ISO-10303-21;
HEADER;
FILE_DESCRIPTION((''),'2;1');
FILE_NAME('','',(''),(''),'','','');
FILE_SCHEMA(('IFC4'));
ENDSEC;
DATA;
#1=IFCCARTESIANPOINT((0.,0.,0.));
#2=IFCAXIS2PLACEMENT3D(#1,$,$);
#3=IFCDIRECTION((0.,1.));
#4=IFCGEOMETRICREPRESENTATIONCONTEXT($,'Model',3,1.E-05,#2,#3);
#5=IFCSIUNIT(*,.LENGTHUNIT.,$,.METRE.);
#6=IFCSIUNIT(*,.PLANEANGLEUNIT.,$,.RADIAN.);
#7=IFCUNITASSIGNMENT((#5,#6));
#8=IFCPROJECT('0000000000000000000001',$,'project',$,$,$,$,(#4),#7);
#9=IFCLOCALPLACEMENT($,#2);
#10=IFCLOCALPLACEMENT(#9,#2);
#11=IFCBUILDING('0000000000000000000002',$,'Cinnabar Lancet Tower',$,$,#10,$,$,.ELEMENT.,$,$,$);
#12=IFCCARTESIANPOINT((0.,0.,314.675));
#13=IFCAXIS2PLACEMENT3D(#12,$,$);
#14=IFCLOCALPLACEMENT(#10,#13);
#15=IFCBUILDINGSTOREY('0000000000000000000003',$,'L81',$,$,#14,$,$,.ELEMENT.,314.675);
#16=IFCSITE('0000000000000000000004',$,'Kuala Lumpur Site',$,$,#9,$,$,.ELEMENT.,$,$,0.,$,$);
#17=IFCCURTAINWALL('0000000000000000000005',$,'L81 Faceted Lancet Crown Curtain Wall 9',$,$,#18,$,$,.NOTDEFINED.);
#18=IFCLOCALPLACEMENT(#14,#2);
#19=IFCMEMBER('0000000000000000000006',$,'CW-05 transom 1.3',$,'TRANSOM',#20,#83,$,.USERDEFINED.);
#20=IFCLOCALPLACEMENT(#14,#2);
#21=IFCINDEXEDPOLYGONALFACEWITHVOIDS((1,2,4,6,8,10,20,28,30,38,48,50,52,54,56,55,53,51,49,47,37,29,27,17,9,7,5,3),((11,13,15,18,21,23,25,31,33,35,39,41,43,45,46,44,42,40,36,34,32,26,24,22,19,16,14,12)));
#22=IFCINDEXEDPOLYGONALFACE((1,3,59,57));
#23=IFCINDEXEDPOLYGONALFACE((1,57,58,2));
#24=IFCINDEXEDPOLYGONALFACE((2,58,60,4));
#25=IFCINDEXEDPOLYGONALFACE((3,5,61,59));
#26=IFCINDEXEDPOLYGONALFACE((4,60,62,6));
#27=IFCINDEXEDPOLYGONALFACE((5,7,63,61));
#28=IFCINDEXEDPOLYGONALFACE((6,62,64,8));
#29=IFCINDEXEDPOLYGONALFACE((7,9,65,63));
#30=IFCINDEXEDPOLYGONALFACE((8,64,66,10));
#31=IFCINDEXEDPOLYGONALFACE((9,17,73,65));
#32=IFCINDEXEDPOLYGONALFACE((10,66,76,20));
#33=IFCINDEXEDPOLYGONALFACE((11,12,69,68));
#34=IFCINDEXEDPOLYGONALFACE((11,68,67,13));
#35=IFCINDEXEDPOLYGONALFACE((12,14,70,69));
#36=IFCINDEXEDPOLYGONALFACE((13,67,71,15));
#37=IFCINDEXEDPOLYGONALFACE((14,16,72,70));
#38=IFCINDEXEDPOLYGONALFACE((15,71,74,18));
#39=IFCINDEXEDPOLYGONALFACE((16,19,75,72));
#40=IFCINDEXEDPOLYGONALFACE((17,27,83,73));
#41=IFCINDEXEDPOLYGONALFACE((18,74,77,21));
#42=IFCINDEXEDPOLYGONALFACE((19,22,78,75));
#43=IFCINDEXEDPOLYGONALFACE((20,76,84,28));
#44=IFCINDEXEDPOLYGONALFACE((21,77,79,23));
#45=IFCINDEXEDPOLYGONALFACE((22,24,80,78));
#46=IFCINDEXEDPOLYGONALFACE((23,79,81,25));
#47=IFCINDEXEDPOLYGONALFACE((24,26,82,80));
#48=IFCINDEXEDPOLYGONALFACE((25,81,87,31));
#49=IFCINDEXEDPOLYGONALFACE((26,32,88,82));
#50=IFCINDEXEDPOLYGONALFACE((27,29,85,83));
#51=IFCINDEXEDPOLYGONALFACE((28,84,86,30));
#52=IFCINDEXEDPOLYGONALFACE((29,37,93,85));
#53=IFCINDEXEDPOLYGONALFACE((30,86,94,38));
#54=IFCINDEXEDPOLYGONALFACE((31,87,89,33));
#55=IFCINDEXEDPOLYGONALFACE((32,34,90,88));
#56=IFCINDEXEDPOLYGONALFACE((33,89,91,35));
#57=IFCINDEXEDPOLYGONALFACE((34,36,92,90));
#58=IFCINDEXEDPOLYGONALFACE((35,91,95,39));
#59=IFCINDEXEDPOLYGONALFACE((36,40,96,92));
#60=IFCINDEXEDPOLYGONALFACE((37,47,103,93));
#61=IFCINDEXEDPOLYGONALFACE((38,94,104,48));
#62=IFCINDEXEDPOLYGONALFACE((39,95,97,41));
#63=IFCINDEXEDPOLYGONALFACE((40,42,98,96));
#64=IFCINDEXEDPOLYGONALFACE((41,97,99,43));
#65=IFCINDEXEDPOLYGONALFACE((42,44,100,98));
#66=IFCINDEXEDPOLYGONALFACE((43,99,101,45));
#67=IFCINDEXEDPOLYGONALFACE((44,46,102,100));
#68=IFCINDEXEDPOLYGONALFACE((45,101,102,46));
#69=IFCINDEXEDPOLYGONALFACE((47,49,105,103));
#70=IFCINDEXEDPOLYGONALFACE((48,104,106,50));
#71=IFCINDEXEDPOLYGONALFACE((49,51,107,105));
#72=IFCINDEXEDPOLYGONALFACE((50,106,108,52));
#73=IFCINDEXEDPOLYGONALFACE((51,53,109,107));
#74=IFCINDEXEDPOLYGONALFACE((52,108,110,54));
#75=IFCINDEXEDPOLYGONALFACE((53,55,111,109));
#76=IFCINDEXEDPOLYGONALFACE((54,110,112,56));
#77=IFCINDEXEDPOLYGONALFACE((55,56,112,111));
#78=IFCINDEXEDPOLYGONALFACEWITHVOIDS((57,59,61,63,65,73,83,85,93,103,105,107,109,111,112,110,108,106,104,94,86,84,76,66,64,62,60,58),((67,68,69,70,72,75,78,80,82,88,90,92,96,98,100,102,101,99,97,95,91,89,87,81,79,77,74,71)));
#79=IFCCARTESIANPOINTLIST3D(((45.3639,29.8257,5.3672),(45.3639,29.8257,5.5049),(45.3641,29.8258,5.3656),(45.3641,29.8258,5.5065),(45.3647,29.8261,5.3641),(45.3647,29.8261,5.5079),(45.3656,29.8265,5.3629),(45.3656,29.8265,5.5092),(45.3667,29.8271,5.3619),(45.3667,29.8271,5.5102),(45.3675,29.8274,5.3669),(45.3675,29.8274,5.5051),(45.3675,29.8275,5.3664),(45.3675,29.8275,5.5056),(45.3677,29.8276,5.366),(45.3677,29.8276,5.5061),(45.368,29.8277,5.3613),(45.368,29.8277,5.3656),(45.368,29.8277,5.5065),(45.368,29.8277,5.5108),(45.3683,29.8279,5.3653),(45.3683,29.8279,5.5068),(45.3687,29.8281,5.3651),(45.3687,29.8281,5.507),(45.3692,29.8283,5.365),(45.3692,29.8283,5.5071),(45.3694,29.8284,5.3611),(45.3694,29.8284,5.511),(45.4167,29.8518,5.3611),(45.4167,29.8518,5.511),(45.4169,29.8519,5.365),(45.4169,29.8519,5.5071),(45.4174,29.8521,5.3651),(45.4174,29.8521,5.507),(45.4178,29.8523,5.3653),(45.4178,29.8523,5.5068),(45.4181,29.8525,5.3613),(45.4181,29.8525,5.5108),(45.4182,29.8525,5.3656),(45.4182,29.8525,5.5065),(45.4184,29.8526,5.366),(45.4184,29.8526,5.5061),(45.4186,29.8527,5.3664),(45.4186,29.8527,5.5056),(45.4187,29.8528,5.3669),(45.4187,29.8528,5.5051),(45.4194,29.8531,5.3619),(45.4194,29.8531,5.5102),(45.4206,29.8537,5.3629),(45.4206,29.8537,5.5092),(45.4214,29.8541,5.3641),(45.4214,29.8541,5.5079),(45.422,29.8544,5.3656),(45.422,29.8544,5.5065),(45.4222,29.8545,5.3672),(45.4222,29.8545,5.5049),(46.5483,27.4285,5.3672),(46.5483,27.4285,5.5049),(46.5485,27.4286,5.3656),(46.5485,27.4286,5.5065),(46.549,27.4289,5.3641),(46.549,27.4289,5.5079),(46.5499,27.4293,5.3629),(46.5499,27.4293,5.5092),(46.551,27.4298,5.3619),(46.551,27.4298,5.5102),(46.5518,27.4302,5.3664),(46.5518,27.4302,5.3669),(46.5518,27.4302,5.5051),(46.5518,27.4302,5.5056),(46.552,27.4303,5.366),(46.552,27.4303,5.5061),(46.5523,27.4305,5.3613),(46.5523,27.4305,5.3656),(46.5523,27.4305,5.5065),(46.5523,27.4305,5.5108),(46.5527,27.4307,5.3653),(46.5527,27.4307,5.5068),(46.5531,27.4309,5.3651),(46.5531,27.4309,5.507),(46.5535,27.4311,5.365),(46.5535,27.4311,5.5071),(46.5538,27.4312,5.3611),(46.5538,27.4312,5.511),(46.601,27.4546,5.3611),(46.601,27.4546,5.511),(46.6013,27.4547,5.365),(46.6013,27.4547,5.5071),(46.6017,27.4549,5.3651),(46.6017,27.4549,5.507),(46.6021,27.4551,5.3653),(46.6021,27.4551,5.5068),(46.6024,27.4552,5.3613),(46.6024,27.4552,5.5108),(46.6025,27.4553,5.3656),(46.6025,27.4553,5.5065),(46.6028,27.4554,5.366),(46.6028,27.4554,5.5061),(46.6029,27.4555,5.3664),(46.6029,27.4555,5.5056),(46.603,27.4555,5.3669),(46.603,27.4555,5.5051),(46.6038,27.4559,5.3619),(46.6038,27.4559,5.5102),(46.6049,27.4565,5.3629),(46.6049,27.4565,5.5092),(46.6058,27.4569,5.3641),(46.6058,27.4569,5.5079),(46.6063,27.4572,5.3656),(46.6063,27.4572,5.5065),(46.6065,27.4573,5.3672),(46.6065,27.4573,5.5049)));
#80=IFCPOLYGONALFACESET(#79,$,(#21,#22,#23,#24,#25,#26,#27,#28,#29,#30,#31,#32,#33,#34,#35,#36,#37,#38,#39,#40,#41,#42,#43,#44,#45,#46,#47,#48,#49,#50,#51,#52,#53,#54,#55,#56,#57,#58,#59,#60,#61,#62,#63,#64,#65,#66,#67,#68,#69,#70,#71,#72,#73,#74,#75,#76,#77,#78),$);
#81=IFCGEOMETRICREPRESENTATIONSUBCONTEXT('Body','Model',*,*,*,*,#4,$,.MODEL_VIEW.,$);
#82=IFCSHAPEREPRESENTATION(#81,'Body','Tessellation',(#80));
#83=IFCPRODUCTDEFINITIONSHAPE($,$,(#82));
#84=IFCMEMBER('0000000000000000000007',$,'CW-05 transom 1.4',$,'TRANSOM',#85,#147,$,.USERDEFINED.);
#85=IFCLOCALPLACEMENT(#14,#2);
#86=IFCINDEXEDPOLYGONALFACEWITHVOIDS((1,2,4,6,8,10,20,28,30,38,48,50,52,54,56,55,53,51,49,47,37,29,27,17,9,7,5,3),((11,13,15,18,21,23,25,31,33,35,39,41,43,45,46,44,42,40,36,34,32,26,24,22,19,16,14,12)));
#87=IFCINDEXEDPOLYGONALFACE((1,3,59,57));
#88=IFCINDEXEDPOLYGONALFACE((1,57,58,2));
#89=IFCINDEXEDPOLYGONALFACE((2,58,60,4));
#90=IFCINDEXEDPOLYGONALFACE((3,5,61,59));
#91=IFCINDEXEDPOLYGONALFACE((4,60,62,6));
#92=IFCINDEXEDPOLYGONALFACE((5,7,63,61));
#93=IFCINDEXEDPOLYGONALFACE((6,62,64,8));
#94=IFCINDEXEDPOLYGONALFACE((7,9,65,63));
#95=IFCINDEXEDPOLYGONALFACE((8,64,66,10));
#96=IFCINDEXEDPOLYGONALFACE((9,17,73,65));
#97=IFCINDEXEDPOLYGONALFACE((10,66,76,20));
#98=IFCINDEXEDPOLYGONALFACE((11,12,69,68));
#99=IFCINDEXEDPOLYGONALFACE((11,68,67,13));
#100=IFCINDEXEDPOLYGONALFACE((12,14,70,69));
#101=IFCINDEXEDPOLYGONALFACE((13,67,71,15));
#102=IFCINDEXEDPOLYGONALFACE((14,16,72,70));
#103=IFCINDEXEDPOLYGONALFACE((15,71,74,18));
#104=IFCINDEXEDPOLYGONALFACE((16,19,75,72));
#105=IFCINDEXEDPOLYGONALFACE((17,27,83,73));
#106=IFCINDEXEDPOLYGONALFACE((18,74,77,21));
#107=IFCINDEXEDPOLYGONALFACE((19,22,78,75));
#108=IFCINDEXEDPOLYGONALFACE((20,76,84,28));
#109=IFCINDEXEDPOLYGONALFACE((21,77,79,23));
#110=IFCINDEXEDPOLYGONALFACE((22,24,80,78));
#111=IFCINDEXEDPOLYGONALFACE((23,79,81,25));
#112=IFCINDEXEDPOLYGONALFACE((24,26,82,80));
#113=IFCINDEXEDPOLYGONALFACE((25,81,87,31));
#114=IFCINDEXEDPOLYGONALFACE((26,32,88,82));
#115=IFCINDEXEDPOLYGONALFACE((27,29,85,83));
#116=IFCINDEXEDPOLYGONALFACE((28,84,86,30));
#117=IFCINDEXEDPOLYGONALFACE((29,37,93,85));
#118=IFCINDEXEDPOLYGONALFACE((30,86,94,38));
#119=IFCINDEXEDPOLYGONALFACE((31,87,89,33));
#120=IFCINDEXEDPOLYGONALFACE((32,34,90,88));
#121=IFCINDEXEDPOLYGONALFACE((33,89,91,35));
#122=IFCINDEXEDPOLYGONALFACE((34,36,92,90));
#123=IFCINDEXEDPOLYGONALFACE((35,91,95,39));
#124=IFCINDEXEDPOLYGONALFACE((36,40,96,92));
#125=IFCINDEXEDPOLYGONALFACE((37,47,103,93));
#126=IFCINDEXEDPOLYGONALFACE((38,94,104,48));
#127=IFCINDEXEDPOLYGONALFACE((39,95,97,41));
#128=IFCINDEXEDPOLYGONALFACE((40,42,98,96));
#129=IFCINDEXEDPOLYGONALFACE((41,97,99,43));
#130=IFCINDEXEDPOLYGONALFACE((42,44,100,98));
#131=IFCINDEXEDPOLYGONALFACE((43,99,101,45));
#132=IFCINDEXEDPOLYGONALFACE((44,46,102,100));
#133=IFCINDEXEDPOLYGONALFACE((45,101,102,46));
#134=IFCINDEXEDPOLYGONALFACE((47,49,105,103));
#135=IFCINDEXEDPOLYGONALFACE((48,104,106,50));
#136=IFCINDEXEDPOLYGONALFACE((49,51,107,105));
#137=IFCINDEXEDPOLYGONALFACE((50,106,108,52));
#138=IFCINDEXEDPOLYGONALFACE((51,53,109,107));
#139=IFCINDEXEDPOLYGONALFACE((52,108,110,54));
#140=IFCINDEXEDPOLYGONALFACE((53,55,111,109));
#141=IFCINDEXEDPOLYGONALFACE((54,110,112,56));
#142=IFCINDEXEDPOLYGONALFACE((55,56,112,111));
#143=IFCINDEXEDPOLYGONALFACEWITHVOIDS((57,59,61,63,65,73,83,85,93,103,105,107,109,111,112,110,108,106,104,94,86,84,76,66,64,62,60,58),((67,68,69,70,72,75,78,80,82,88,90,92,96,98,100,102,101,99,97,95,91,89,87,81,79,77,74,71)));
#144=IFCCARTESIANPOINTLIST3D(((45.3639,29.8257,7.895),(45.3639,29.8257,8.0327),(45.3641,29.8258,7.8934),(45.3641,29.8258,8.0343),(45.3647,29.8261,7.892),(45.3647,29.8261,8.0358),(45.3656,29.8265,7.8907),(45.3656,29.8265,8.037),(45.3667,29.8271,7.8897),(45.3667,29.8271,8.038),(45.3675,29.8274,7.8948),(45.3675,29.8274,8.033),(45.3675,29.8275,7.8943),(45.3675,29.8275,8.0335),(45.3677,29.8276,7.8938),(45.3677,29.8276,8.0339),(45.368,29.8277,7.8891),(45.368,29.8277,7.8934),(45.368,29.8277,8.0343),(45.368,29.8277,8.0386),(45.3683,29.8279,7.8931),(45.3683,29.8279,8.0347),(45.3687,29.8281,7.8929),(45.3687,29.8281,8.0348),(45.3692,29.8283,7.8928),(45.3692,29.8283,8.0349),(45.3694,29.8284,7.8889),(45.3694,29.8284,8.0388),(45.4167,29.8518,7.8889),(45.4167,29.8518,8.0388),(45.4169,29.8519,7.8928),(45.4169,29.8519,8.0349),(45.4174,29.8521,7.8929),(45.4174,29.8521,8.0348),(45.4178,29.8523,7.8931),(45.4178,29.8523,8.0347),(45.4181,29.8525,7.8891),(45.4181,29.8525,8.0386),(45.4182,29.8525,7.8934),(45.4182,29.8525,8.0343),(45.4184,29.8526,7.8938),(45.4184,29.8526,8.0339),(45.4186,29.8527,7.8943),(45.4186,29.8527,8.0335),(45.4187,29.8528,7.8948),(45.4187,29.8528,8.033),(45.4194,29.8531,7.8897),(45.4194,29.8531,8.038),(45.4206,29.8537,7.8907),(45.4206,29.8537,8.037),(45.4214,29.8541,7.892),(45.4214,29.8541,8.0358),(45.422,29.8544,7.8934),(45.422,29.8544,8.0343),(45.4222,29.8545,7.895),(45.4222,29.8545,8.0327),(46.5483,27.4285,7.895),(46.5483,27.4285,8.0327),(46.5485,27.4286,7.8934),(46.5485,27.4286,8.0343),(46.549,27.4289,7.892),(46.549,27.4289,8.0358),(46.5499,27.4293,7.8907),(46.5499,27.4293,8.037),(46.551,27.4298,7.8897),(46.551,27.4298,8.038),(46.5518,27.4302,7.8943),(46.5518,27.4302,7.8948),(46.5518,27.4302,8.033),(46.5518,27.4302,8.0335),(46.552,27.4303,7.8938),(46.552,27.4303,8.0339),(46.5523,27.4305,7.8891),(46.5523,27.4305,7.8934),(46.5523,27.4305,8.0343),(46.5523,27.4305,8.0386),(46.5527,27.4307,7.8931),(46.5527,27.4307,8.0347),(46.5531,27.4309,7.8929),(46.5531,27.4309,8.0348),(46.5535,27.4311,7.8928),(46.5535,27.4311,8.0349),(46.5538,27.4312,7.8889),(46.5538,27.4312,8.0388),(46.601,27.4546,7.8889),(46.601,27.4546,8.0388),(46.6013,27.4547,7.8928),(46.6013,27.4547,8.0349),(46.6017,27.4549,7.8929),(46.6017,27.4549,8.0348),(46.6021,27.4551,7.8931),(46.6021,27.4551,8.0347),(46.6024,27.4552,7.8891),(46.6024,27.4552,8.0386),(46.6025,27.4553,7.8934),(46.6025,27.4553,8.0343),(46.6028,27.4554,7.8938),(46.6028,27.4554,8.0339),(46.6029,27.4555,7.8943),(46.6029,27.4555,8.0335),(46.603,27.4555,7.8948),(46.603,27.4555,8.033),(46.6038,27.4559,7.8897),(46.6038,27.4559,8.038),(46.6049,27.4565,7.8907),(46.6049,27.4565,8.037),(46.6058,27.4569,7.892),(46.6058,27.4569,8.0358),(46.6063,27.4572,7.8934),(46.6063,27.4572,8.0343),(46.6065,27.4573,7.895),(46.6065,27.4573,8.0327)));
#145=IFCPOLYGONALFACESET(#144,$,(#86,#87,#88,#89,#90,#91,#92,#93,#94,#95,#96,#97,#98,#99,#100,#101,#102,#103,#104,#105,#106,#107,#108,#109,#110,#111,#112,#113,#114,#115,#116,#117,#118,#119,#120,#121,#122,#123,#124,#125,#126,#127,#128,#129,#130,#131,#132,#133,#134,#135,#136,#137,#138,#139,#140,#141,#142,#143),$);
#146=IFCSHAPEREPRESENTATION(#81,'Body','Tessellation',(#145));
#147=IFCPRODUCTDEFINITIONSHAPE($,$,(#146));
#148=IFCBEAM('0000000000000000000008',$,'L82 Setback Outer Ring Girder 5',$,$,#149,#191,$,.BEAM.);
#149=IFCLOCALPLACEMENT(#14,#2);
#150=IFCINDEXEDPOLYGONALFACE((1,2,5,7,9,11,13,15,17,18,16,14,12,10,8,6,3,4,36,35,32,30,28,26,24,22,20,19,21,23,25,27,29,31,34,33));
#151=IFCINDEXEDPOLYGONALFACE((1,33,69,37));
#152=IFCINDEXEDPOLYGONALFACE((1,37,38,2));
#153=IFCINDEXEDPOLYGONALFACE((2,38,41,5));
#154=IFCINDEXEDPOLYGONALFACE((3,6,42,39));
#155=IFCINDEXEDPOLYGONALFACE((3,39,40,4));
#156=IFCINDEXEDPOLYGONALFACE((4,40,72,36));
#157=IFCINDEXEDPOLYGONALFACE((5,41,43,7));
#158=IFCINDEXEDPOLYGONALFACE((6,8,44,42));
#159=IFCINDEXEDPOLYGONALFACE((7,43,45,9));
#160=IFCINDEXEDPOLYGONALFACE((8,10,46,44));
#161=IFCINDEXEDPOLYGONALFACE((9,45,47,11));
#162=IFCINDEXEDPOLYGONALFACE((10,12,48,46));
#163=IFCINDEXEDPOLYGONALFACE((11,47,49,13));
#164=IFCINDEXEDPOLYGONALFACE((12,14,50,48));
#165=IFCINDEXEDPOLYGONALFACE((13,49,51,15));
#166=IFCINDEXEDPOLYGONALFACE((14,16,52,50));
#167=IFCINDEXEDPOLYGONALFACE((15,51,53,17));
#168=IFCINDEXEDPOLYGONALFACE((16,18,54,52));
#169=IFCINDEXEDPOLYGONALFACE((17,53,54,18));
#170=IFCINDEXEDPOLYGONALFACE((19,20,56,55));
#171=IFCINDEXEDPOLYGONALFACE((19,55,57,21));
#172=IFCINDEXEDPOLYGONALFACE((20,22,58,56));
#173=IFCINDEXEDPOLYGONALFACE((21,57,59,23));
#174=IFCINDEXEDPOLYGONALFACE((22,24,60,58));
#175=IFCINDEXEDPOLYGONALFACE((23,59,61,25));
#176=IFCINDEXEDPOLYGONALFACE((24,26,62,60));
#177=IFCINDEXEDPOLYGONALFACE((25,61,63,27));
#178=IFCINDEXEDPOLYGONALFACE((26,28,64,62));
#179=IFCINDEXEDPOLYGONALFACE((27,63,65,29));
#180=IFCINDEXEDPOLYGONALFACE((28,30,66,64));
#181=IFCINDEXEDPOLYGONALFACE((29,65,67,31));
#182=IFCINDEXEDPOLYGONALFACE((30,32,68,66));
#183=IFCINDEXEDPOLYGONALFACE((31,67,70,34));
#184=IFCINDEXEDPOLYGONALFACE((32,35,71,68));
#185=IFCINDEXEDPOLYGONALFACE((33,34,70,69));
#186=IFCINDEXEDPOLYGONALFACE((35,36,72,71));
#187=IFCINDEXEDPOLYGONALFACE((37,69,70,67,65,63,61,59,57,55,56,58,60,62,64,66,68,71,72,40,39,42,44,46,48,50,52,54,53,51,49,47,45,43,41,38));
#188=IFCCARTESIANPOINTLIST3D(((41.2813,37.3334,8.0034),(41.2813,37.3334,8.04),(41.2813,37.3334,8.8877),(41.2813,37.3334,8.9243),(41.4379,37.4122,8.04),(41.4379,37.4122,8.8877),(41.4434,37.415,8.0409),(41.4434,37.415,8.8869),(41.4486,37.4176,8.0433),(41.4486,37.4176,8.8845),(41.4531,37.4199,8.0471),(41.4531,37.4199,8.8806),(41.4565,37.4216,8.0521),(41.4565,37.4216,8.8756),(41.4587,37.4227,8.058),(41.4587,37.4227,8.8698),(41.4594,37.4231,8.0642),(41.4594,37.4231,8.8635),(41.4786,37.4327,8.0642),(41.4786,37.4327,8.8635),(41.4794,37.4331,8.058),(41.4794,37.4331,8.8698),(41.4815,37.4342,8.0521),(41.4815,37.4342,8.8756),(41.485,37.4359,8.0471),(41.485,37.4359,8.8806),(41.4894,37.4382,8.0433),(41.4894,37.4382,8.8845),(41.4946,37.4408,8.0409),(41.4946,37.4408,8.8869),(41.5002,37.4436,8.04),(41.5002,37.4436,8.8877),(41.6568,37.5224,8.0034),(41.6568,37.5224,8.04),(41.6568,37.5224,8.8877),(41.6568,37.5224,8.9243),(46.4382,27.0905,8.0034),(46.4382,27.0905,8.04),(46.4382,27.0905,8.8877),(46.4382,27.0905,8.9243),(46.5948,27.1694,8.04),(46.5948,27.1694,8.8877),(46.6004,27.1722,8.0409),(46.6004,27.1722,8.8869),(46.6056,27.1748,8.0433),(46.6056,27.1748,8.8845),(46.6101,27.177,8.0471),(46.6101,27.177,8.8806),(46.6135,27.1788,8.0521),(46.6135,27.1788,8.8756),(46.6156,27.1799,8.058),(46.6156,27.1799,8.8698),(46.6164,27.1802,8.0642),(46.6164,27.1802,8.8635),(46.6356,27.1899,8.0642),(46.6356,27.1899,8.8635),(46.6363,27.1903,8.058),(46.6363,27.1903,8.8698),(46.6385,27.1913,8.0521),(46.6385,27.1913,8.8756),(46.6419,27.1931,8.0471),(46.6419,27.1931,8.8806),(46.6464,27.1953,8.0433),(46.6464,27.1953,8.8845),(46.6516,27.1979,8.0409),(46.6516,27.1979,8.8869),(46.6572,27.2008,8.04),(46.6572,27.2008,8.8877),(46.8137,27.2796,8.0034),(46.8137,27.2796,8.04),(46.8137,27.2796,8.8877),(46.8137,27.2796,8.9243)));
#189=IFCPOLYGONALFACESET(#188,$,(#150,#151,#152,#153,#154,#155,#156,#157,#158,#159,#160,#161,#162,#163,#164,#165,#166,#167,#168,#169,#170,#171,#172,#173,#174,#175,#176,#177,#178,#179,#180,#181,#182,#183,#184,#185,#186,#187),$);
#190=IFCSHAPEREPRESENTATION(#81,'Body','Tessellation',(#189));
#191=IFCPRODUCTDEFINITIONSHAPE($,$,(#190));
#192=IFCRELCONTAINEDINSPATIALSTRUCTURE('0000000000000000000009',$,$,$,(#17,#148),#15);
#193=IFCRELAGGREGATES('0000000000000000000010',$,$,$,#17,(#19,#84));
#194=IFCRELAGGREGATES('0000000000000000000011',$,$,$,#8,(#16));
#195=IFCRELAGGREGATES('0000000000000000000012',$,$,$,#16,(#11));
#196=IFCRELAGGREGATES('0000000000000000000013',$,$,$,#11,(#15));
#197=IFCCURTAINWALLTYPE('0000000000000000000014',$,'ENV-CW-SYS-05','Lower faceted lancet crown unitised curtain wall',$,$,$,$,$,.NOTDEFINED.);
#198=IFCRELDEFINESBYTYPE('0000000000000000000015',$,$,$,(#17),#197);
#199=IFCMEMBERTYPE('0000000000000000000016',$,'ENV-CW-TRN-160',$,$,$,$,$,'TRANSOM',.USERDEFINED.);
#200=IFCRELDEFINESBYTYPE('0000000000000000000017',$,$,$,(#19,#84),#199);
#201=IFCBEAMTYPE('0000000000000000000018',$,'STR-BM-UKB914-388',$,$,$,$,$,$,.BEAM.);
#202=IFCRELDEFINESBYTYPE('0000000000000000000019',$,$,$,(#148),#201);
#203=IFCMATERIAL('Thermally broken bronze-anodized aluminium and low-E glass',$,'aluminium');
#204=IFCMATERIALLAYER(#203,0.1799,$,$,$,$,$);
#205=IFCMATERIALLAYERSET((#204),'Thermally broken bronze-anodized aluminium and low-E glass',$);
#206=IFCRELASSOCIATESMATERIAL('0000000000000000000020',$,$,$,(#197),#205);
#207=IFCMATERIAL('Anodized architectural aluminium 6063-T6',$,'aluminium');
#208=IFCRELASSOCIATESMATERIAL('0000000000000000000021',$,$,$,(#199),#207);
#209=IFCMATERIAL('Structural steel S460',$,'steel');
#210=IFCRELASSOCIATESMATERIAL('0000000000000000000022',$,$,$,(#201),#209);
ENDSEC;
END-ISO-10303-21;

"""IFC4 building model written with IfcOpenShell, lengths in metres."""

from ifc_helpers import new_model, si_unit, direction, frame, origin, origin_2d, place, context, subcontext, project, spatial, hollow_rectangle, i_section, extrude, material, layer, layer_set, material_profile, profile_set, type_object, element, aggregate, save


model = new_model("IFC4")

# Units and contexts
model_context = context("Model", 3, precision=1e-05, world=origin(), true_north=direction((0.0, 1.0)))
body_context = subcontext(model_context, "Body", "Model", "MODEL_VIEW")
ifc_project = project(units=[si_unit("LENGTHUNIT", "METRE"), si_unit("PLANEANGLEUNIT", "RADIAN")], contexts=[model_context])

# Site, building, storey
site_placement = place(None, origin())
site = spatial("IfcSite", under=ifc_project, at=site_placement, Name="Kuala Lumpur Site", CompositionType="ELEMENT", RefElevation=0.0)
building_placement = place(site_placement, origin())
building = spatial("IfcBuilding", under=site, at=building_placement, Name="Cinnabar Lancet Tower", CompositionType="ELEMENT")
storey_placement = place(building_placement, frame((0.0, 0.0, 314.675)))
storey = spatial("IfcBuildingStorey", under=building, at=storey_placement, Name="L81", CompositionType="ELEMENT", Elevation=314.675)

# Shared definitions
ifc_material_1 = material(Name="Thermally broken bronze-anodized aluminium and low-E glass", Category="aluminium")
ifc_layer_1 = layer(ifc_material_1, 0.1799)
ifc_layer_set_1 = layer_set([ifc_layer_1], Name="Thermally broken bronze-anodized aluminium and low-E glass")
curtain_wall_type = type_object("IfcCurtainWallType", Name="ENV-CW-SYS-05", Description="Lower faceted lancet crown unitised curtain wall", PredefinedType="NOTDEFINED", material=ifc_layer_set_1)

# Curtain wall
curtain_wall_1_placement = place(storey_placement, origin())
curtain_wall_1 = element("IfcCurtainWall", 1, at=curtain_wall_1_placement, inside=storey, type_object=curtain_wall_type, Name="L81 Faceted Lancet Crown Curtain Wall 9", PredefinedType="NOTDEFINED")

# Members
ifc_material_2 = material(Name="Anodized architectural aluminium 6063-T6", Category="aluminium")
ifc_material_profile_1 = material_profile(ifc_material_2, hollow_rectangle(XDim=0.0649, YDim=0.1499, WallThickness=0.0039, InnerFilletRadius=0.002, OuterFilletRadius=0.0061, at=origin_2d()), Name="CW-TRN 150x65x4")
ifc_profile_set_1 = profile_set([ifc_material_profile_1], Name="Anodized architectural aluminium 6063-T6")
member_type_1 = type_object("IfcMemberType", Name="ENV-CW-TRN-160", ElementType="TRANSOM", PredefinedType="USERDEFINED", material=ifc_profile_set_1)
member_1_placement = place(storey_placement, frame((46.5774, 27.4429, 5.436), z_axis=(-0.442935, 0.896554, 0.0), x_axis=(-0.896554, -0.442935, 0.0)))
member_1 = element("IfcMember", 2, at=member_1_placement, type_object=member_type_1, Name="CW-05 transom 1.3", ObjectType="TRANSOM", PredefinedType="USERDEFINED", context=body_context, shape_type="SweptSolid", body=[
    extrude(hollow_rectangle(XDim=0.0649, YDim=0.1499, WallThickness=0.0039, InnerFilletRadius=0.002, OuterFilletRadius=0.0061, at=origin_2d()), origin(), (0.0, 0.0, 1.0), 2.6738),
])
member_2_placement = place(storey_placement, frame((46.5774, 27.4429, 7.9639), z_axis=(-0.442935, 0.896554, 0.0), x_axis=(-0.896554, -0.442935, 0.0)))
member_2 = element("IfcMember", 3, at=member_2_placement, type_object=member_type_1, Name="CW-05 transom 1.4", ObjectType="TRANSOM", PredefinedType="USERDEFINED", context=body_context, shape_type="SweptSolid", body=[
    extrude(hollow_rectangle(XDim=0.0649, YDim=0.1499, WallThickness=0.0039, InnerFilletRadius=0.002, OuterFilletRadius=0.0061, at=origin_2d()), origin(), (0.0, 0.0, 1.0), 2.6738),
])

# Beam
ifc_material_3 = material(Name="Structural steel S460", Category="steel")
ifc_material_profile_2 = material_profile(ifc_material_3, i_section(OverallWidth=0.4204, OverallDepth=0.9209, WebThickness=0.0215, FlangeThickness=0.0366, FilletRadius=0.0242, at=origin_2d()), Name="UKB 914x419x388")
ifc_profile_set_2 = profile_set([ifc_material_profile_2], Name="Structural steel S460")
beam_type = type_object("IfcBeamType", Name="STR-BM-UKB914-388", PredefinedType="BEAM", material=ifc_profile_set_2)
beam_1_placement = place(storey_placement, frame((46.626, 27.1851, 8.4639), z_axis=(-0.44969, 0.893185, 0.0), x_axis=(-0.893185, -0.44969, 0.0)))
element("IfcBeam", 4, at=beam_1_placement, inside=storey, type_object=beam_type, Name="L82 Setback Outer Ring Girder 5", PredefinedType="BEAM", context=body_context, shape_type="SweptSolid", body=[
    extrude(i_section(OverallWidth=0.4204, OverallDepth=0.9209, WebThickness=0.0215, FlangeThickness=0.0366, FilletRadius=0.0242, at=origin_2d()), origin(), (0.0, 0.0, 1.0), 11.4678),
])

aggregate(curtain_wall_1, [member_1, member_2])

save(model, "model.ifc")
